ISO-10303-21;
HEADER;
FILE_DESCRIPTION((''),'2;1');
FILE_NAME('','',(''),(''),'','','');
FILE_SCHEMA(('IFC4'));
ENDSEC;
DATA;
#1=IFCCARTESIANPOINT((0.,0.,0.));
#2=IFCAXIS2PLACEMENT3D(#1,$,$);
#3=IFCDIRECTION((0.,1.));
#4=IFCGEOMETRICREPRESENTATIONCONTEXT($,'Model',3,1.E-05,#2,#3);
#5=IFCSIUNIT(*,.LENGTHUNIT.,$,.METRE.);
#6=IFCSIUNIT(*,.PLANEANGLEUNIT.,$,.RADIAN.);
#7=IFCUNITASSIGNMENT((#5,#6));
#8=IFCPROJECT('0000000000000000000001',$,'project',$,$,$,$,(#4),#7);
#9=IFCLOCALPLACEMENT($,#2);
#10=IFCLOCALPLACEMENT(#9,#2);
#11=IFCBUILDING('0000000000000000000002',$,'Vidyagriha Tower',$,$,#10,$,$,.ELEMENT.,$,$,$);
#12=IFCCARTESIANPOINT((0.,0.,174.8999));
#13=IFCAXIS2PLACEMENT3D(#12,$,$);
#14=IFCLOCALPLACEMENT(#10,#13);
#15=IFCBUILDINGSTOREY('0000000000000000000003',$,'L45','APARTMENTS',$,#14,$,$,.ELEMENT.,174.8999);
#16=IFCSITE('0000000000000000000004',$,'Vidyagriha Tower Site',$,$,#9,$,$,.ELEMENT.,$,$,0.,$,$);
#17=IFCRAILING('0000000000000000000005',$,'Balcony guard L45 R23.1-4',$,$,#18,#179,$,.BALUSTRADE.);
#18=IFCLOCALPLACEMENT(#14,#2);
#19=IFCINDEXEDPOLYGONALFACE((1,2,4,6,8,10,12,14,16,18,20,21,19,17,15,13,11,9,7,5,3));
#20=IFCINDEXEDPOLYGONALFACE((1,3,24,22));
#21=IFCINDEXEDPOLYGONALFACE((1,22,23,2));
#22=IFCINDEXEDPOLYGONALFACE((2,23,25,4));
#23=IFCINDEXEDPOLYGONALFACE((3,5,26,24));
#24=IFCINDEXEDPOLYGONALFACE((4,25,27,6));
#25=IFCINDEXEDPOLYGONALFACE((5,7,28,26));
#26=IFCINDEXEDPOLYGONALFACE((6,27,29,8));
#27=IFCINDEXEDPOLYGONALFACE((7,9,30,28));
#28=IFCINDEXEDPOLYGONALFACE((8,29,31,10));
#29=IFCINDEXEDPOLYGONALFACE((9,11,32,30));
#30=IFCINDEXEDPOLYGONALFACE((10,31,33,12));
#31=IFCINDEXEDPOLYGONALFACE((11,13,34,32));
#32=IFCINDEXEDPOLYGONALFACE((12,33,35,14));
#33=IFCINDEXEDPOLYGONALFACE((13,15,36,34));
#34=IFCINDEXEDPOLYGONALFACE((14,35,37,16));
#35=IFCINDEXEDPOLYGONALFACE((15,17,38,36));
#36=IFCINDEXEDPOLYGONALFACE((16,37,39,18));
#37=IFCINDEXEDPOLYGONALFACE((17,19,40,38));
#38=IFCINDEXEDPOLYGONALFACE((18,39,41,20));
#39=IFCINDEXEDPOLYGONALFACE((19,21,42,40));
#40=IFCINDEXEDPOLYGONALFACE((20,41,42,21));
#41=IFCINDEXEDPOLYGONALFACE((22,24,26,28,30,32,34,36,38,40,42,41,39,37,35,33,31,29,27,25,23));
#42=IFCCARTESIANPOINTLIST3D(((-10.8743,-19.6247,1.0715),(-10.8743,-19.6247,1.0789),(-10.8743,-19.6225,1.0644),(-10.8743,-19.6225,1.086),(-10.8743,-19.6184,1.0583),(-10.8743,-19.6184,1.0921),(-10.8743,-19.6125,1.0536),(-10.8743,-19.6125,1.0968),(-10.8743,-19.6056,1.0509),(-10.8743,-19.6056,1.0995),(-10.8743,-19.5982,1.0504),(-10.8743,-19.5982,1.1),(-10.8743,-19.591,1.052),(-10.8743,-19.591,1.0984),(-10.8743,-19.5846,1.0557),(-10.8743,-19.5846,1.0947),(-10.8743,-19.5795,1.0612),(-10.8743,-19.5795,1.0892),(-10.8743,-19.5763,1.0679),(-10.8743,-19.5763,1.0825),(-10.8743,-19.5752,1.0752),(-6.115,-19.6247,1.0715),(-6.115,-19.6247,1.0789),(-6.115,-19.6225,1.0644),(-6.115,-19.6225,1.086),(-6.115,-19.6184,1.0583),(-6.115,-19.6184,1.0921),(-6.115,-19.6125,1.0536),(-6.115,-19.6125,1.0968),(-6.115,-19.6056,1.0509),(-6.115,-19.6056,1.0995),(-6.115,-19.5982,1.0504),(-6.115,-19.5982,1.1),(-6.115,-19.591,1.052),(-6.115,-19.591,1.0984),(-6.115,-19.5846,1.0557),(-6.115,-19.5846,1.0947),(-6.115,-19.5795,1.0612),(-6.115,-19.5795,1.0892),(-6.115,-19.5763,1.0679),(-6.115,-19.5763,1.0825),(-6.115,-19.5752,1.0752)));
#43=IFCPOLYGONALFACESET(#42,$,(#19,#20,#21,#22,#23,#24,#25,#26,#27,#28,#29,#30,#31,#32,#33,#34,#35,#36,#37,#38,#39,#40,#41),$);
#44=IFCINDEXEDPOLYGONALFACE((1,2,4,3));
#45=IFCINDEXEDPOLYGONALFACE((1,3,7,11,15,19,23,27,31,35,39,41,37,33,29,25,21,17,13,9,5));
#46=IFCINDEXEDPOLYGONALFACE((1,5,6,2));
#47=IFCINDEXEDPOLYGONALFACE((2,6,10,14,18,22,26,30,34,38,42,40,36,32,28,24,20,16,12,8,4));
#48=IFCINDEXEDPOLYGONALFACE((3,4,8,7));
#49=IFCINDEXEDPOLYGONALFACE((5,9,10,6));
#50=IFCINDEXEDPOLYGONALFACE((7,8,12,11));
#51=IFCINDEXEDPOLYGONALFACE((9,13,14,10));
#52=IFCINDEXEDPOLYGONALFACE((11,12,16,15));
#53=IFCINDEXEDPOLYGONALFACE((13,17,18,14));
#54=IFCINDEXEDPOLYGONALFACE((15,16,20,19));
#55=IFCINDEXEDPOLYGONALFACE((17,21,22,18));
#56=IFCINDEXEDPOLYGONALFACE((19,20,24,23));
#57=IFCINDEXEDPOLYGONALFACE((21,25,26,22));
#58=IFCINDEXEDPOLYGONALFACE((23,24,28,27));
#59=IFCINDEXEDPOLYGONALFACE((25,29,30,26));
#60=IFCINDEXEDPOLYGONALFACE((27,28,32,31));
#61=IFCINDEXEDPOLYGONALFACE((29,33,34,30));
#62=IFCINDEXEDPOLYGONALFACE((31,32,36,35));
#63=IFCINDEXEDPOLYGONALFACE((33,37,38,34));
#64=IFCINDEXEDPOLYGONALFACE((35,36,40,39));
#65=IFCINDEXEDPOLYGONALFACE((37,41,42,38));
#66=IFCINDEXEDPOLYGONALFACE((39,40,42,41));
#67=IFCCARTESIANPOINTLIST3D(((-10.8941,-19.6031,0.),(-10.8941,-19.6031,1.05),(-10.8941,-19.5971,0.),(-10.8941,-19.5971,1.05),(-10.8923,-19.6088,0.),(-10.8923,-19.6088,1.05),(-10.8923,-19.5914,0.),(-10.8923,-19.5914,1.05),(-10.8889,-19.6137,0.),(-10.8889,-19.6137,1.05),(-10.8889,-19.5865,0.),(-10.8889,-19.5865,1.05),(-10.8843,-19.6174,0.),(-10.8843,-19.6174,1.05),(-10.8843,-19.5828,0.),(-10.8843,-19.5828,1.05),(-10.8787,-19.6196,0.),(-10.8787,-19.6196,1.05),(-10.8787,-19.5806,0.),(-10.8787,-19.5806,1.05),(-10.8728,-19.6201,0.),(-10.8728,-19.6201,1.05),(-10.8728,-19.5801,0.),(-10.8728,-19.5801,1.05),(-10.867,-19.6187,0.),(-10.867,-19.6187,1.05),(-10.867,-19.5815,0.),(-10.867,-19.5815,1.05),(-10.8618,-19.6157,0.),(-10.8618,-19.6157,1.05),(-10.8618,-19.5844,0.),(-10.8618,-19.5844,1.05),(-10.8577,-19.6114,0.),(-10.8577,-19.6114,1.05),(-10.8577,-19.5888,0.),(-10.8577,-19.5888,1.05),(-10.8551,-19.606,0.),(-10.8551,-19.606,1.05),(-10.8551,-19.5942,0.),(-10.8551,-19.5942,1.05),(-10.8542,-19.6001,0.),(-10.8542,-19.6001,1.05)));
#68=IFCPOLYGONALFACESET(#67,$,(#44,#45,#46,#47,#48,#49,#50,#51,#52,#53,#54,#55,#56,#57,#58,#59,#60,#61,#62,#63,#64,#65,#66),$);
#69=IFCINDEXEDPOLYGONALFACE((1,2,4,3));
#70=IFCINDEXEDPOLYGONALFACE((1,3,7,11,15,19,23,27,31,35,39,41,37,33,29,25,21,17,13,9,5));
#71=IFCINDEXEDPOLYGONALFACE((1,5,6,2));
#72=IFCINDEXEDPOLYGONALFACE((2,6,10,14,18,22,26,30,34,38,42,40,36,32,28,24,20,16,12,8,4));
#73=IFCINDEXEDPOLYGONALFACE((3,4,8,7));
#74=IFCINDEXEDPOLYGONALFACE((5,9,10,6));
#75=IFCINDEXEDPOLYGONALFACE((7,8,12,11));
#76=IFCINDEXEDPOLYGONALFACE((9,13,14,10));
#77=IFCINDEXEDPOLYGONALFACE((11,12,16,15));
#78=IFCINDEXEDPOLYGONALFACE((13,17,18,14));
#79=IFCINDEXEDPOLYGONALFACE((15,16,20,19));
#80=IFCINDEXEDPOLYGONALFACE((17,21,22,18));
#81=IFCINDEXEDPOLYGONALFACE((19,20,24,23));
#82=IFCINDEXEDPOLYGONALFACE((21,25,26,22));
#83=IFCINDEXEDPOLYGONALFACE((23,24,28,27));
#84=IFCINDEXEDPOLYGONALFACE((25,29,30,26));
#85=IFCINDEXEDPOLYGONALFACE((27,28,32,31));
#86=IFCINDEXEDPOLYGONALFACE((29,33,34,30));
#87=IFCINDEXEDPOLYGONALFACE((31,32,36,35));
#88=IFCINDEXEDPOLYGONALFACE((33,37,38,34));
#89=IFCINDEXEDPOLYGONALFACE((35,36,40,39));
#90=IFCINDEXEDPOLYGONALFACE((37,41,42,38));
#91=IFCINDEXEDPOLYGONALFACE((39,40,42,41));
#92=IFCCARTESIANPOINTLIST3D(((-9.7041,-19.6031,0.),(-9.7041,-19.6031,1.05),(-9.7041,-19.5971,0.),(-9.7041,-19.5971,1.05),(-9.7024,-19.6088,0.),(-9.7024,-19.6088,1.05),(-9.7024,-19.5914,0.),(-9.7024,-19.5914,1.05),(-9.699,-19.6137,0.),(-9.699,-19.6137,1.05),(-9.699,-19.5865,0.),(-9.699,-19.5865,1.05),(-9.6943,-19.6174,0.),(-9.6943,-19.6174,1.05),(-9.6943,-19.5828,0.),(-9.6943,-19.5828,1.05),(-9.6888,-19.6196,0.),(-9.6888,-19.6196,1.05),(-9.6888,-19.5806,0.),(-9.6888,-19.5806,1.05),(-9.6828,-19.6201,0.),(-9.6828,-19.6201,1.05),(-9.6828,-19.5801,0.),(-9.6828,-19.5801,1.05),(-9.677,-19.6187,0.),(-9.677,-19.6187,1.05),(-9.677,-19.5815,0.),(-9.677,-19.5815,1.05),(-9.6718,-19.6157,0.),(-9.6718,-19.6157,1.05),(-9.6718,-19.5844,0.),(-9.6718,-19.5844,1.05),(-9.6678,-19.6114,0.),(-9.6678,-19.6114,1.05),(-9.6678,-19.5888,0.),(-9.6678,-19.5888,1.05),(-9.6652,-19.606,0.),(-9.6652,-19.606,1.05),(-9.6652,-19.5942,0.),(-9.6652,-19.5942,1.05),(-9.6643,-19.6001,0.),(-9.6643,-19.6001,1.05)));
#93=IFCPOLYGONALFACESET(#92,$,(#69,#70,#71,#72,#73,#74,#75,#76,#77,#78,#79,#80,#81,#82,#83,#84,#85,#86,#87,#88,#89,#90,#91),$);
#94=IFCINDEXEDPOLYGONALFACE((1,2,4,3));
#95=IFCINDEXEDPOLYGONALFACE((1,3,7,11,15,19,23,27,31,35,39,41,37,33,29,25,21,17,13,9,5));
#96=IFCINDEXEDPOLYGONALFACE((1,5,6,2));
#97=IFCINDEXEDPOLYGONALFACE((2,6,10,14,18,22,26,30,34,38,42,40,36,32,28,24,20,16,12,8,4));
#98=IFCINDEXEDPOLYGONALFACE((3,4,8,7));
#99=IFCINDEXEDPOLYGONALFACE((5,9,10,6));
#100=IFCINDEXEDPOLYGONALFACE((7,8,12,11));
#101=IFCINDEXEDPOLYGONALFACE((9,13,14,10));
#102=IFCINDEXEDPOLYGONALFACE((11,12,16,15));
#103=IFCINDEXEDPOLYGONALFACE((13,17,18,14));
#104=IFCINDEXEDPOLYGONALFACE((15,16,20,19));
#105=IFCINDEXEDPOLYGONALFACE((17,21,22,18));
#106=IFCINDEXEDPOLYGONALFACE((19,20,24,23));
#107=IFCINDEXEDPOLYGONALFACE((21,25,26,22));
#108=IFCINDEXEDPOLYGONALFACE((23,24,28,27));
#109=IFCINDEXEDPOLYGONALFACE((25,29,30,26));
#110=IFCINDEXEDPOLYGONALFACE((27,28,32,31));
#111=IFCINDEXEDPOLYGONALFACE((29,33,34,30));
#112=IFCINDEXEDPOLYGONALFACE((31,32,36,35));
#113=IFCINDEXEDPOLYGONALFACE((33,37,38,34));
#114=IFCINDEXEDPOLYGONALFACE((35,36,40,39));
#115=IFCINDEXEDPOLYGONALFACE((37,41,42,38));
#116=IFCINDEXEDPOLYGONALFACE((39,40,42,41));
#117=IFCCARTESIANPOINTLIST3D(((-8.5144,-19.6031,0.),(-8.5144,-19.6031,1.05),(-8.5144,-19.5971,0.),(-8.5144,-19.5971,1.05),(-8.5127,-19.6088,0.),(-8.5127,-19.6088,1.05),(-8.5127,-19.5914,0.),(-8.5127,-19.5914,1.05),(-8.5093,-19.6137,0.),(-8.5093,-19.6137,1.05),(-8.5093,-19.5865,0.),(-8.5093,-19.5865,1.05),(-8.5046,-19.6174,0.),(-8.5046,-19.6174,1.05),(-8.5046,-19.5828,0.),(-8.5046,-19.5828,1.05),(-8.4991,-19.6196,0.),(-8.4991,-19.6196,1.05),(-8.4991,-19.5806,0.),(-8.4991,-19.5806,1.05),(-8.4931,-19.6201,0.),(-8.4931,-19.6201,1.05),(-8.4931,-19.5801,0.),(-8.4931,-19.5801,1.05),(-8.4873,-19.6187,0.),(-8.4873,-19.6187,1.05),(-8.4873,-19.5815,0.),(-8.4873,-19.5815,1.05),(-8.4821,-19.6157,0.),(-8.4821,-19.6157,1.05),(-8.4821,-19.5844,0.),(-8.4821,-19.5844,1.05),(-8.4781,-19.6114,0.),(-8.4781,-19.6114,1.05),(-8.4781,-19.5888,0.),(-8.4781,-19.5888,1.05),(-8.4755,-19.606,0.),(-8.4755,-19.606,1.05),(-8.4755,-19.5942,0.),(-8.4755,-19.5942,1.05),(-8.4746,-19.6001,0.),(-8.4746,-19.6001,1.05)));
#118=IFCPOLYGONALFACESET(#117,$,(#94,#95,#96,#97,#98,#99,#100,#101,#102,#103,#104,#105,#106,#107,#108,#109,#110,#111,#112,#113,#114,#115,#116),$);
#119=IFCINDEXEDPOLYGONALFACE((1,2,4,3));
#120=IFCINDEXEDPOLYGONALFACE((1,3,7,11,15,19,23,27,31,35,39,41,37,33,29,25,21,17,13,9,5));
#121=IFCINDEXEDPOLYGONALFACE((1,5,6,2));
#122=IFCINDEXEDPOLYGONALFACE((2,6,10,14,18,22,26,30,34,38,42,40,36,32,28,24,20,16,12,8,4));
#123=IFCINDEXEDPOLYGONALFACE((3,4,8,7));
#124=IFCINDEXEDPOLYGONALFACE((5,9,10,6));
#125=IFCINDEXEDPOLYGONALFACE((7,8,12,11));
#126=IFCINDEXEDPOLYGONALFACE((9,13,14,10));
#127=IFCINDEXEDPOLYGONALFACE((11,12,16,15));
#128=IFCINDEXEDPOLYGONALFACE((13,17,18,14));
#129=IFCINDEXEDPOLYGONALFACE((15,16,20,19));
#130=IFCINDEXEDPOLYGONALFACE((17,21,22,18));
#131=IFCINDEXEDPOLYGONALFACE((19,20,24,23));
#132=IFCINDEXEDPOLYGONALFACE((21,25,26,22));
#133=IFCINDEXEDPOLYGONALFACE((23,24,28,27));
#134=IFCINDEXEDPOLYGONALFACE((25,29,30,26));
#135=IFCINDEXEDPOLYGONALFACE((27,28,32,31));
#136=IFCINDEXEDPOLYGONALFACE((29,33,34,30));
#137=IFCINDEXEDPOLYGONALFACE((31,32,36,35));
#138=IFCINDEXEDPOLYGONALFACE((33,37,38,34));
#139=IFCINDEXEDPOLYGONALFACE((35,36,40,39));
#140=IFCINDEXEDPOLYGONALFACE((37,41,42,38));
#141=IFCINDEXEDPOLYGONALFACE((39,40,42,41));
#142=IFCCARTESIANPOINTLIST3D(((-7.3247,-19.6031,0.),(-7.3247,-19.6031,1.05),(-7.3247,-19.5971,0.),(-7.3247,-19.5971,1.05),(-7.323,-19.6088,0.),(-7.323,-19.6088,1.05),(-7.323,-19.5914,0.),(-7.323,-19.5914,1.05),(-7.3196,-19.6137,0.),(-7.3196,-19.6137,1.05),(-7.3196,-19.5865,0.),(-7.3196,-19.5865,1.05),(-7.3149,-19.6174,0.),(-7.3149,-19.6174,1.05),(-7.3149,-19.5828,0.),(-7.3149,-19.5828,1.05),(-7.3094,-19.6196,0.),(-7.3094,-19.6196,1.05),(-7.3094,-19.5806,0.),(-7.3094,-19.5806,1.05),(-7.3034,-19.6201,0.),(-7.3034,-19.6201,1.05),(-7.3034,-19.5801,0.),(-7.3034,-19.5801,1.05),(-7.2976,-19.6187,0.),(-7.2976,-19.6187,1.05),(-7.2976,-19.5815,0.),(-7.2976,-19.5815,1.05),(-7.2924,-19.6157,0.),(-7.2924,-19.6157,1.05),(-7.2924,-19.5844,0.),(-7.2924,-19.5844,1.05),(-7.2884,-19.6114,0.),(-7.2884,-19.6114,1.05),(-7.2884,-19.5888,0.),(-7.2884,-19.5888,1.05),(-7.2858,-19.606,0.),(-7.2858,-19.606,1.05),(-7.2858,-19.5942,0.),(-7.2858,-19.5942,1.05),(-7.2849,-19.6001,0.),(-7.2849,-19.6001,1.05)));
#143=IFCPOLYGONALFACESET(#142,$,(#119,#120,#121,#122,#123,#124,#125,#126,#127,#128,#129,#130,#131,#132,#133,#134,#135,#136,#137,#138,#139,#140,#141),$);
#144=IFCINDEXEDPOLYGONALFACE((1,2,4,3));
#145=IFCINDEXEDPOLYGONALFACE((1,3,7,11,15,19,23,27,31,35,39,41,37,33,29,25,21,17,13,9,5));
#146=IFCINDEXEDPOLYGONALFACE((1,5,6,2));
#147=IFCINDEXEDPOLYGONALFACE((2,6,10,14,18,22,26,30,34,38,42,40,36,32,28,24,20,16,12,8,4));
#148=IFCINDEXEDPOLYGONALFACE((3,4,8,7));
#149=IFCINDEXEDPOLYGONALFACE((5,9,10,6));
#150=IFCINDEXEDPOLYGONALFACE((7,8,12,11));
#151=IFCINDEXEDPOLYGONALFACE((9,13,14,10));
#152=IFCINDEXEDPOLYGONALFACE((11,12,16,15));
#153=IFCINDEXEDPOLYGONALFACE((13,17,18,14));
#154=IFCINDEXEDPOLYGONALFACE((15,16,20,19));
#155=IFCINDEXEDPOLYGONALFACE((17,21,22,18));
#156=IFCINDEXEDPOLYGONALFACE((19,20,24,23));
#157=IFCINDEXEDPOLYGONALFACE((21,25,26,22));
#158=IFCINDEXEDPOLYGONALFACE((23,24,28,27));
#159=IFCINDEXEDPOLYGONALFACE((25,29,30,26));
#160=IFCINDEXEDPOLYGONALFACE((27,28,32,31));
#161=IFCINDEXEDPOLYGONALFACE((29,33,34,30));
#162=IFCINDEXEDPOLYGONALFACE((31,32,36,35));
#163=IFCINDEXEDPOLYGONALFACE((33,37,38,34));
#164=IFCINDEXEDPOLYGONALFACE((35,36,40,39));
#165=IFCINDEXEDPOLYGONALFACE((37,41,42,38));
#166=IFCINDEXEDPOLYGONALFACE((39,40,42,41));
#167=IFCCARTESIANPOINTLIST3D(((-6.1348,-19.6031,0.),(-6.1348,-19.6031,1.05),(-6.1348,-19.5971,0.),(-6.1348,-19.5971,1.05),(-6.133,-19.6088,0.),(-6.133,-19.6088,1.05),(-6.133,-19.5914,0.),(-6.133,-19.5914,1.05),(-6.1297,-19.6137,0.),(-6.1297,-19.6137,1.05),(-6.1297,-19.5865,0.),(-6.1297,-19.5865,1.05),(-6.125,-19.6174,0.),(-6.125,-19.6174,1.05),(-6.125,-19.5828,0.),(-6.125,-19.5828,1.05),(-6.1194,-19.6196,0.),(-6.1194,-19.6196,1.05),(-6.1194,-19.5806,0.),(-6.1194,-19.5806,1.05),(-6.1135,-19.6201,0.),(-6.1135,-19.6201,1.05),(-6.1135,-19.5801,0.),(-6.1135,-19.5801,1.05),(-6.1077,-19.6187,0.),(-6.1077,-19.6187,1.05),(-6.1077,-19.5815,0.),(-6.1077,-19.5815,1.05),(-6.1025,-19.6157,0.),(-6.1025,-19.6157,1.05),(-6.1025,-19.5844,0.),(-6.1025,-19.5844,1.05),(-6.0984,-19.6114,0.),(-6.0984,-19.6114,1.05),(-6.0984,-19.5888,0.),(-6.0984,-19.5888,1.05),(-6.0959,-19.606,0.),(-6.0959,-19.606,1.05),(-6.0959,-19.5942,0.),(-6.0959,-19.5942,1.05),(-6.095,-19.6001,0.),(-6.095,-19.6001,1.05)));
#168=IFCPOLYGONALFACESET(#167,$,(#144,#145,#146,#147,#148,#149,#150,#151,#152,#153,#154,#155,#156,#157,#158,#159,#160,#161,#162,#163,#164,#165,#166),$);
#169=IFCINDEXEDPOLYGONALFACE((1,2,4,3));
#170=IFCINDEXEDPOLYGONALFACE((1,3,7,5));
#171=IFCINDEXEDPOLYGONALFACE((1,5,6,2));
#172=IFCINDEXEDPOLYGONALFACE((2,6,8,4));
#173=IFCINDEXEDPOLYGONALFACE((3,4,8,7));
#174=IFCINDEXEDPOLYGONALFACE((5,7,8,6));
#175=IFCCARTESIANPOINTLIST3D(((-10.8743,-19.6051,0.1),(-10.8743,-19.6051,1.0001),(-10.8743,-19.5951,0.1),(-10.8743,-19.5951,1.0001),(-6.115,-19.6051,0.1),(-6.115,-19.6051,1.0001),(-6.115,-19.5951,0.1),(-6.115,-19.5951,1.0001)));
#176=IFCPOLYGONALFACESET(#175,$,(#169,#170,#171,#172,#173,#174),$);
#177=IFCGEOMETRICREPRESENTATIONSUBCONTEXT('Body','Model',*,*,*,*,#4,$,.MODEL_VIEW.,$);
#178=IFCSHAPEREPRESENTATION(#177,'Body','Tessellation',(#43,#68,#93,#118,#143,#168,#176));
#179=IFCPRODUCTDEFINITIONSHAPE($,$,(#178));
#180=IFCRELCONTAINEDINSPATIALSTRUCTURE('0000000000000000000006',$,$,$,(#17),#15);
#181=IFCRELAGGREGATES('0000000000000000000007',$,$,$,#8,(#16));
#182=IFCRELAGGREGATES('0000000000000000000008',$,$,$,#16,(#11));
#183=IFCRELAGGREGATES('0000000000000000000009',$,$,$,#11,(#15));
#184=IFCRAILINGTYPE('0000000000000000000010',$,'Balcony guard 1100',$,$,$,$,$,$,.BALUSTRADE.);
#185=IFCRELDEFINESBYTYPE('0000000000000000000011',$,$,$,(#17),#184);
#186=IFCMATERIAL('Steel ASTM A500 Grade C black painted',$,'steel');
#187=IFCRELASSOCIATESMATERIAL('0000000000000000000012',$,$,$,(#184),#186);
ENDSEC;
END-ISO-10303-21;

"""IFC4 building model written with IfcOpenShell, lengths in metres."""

from ifc_helpers import new_model, si_unit, direction, frame, origin, origin_2d, place, context, subcontext, project, spatial, rectangle, circle, extrude, material, type_object, element, save


model = new_model("IFC4")

# Units and contexts
model_context = context("Model", 3, precision=1e-05, world=origin(), true_north=direction((0.0, 1.0)))
body_context = subcontext(model_context, "Body", "Model", "MODEL_VIEW")
ifc_project = project(units=[si_unit("LENGTHUNIT", "METRE"), si_unit("PLANEANGLEUNIT", "RADIAN")], contexts=[model_context])

# Site, building, storey
site_placement = place(None, origin())
site = spatial("IfcSite", under=ifc_project, at=site_placement, Name="Vidyagriha Tower Site", CompositionType="ELEMENT", RefElevation=0.0)
building_placement = place(site_placement, origin())
building = spatial("IfcBuilding", under=site, at=building_placement, Name="Vidyagriha Tower", CompositionType="ELEMENT")
storey_placement = place(building_placement, frame((0.0, 0.0, 174.8999)))
storey = spatial("IfcBuildingStorey", under=building, at=storey_placement, Name="L45", Description="APARTMENTS", CompositionType="ELEMENT", Elevation=174.8999)

# Railing
ifc_material_1 = material(Name="Steel ASTM A500 Grade C black painted", Category="steel")
railing_type = type_object("IfcRailingType", Name="Balcony guard 1100", PredefinedType="BALUSTRADE", material=ifc_material_1)
railing_1_placement = place(storey_placement, frame((-10.8743, -19.6001, 0.0)))
element("IfcRailing", 1, at=railing_1_placement, inside=storey, type_object=railing_type, Name="Balcony guard L45 R23.1-4", PredefinedType="BALUSTRADE", context=body_context, shape_type="SweptSolid", body=[
    extrude(circle(Radius=0.0249, at=origin_2d()), frame((0.0, 0.0, 1.0752), z_axis=(1.0, 0.0, 0.0), x_axis=(0.0, 1.0, 0.0)), (0.0, 0.0, 1.0), 4.7593),
    extrude(circle(Radius=0.02, at=origin_2d()), origin(), (0.0, 0.0, 1.0), 1.05),
    extrude(circle(Radius=0.02, at=origin_2d()), frame((1.1899, 0.0, 0.0)), (0.0, 0.0, 1.0), 1.05),
    extrude(circle(Radius=0.02, at=origin_2d()), frame((2.3796, 0.0, 0.0)), (0.0, 0.0, 1.0), 1.05),
    extrude(circle(Radius=0.02, at=origin_2d()), frame((3.5693, 0.0, 0.0)), (0.0, 0.0, 1.0), 1.05),
    extrude(circle(Radius=0.02, at=origin_2d()), frame((4.7593, 0.0, 0.0)), (0.0, 0.0, 1.0), 1.05),
    extrude(rectangle(XDim=0.01, YDim=0.9001, at=origin_2d()), frame((0.0, 0.0, 0.55), z_axis=(1.0, 0.0, 0.0), x_axis=(0.0, 1.0, 0.0)), (0.0, 0.0, 1.0), 4.7593),
])

save(model, "model.ifc")
